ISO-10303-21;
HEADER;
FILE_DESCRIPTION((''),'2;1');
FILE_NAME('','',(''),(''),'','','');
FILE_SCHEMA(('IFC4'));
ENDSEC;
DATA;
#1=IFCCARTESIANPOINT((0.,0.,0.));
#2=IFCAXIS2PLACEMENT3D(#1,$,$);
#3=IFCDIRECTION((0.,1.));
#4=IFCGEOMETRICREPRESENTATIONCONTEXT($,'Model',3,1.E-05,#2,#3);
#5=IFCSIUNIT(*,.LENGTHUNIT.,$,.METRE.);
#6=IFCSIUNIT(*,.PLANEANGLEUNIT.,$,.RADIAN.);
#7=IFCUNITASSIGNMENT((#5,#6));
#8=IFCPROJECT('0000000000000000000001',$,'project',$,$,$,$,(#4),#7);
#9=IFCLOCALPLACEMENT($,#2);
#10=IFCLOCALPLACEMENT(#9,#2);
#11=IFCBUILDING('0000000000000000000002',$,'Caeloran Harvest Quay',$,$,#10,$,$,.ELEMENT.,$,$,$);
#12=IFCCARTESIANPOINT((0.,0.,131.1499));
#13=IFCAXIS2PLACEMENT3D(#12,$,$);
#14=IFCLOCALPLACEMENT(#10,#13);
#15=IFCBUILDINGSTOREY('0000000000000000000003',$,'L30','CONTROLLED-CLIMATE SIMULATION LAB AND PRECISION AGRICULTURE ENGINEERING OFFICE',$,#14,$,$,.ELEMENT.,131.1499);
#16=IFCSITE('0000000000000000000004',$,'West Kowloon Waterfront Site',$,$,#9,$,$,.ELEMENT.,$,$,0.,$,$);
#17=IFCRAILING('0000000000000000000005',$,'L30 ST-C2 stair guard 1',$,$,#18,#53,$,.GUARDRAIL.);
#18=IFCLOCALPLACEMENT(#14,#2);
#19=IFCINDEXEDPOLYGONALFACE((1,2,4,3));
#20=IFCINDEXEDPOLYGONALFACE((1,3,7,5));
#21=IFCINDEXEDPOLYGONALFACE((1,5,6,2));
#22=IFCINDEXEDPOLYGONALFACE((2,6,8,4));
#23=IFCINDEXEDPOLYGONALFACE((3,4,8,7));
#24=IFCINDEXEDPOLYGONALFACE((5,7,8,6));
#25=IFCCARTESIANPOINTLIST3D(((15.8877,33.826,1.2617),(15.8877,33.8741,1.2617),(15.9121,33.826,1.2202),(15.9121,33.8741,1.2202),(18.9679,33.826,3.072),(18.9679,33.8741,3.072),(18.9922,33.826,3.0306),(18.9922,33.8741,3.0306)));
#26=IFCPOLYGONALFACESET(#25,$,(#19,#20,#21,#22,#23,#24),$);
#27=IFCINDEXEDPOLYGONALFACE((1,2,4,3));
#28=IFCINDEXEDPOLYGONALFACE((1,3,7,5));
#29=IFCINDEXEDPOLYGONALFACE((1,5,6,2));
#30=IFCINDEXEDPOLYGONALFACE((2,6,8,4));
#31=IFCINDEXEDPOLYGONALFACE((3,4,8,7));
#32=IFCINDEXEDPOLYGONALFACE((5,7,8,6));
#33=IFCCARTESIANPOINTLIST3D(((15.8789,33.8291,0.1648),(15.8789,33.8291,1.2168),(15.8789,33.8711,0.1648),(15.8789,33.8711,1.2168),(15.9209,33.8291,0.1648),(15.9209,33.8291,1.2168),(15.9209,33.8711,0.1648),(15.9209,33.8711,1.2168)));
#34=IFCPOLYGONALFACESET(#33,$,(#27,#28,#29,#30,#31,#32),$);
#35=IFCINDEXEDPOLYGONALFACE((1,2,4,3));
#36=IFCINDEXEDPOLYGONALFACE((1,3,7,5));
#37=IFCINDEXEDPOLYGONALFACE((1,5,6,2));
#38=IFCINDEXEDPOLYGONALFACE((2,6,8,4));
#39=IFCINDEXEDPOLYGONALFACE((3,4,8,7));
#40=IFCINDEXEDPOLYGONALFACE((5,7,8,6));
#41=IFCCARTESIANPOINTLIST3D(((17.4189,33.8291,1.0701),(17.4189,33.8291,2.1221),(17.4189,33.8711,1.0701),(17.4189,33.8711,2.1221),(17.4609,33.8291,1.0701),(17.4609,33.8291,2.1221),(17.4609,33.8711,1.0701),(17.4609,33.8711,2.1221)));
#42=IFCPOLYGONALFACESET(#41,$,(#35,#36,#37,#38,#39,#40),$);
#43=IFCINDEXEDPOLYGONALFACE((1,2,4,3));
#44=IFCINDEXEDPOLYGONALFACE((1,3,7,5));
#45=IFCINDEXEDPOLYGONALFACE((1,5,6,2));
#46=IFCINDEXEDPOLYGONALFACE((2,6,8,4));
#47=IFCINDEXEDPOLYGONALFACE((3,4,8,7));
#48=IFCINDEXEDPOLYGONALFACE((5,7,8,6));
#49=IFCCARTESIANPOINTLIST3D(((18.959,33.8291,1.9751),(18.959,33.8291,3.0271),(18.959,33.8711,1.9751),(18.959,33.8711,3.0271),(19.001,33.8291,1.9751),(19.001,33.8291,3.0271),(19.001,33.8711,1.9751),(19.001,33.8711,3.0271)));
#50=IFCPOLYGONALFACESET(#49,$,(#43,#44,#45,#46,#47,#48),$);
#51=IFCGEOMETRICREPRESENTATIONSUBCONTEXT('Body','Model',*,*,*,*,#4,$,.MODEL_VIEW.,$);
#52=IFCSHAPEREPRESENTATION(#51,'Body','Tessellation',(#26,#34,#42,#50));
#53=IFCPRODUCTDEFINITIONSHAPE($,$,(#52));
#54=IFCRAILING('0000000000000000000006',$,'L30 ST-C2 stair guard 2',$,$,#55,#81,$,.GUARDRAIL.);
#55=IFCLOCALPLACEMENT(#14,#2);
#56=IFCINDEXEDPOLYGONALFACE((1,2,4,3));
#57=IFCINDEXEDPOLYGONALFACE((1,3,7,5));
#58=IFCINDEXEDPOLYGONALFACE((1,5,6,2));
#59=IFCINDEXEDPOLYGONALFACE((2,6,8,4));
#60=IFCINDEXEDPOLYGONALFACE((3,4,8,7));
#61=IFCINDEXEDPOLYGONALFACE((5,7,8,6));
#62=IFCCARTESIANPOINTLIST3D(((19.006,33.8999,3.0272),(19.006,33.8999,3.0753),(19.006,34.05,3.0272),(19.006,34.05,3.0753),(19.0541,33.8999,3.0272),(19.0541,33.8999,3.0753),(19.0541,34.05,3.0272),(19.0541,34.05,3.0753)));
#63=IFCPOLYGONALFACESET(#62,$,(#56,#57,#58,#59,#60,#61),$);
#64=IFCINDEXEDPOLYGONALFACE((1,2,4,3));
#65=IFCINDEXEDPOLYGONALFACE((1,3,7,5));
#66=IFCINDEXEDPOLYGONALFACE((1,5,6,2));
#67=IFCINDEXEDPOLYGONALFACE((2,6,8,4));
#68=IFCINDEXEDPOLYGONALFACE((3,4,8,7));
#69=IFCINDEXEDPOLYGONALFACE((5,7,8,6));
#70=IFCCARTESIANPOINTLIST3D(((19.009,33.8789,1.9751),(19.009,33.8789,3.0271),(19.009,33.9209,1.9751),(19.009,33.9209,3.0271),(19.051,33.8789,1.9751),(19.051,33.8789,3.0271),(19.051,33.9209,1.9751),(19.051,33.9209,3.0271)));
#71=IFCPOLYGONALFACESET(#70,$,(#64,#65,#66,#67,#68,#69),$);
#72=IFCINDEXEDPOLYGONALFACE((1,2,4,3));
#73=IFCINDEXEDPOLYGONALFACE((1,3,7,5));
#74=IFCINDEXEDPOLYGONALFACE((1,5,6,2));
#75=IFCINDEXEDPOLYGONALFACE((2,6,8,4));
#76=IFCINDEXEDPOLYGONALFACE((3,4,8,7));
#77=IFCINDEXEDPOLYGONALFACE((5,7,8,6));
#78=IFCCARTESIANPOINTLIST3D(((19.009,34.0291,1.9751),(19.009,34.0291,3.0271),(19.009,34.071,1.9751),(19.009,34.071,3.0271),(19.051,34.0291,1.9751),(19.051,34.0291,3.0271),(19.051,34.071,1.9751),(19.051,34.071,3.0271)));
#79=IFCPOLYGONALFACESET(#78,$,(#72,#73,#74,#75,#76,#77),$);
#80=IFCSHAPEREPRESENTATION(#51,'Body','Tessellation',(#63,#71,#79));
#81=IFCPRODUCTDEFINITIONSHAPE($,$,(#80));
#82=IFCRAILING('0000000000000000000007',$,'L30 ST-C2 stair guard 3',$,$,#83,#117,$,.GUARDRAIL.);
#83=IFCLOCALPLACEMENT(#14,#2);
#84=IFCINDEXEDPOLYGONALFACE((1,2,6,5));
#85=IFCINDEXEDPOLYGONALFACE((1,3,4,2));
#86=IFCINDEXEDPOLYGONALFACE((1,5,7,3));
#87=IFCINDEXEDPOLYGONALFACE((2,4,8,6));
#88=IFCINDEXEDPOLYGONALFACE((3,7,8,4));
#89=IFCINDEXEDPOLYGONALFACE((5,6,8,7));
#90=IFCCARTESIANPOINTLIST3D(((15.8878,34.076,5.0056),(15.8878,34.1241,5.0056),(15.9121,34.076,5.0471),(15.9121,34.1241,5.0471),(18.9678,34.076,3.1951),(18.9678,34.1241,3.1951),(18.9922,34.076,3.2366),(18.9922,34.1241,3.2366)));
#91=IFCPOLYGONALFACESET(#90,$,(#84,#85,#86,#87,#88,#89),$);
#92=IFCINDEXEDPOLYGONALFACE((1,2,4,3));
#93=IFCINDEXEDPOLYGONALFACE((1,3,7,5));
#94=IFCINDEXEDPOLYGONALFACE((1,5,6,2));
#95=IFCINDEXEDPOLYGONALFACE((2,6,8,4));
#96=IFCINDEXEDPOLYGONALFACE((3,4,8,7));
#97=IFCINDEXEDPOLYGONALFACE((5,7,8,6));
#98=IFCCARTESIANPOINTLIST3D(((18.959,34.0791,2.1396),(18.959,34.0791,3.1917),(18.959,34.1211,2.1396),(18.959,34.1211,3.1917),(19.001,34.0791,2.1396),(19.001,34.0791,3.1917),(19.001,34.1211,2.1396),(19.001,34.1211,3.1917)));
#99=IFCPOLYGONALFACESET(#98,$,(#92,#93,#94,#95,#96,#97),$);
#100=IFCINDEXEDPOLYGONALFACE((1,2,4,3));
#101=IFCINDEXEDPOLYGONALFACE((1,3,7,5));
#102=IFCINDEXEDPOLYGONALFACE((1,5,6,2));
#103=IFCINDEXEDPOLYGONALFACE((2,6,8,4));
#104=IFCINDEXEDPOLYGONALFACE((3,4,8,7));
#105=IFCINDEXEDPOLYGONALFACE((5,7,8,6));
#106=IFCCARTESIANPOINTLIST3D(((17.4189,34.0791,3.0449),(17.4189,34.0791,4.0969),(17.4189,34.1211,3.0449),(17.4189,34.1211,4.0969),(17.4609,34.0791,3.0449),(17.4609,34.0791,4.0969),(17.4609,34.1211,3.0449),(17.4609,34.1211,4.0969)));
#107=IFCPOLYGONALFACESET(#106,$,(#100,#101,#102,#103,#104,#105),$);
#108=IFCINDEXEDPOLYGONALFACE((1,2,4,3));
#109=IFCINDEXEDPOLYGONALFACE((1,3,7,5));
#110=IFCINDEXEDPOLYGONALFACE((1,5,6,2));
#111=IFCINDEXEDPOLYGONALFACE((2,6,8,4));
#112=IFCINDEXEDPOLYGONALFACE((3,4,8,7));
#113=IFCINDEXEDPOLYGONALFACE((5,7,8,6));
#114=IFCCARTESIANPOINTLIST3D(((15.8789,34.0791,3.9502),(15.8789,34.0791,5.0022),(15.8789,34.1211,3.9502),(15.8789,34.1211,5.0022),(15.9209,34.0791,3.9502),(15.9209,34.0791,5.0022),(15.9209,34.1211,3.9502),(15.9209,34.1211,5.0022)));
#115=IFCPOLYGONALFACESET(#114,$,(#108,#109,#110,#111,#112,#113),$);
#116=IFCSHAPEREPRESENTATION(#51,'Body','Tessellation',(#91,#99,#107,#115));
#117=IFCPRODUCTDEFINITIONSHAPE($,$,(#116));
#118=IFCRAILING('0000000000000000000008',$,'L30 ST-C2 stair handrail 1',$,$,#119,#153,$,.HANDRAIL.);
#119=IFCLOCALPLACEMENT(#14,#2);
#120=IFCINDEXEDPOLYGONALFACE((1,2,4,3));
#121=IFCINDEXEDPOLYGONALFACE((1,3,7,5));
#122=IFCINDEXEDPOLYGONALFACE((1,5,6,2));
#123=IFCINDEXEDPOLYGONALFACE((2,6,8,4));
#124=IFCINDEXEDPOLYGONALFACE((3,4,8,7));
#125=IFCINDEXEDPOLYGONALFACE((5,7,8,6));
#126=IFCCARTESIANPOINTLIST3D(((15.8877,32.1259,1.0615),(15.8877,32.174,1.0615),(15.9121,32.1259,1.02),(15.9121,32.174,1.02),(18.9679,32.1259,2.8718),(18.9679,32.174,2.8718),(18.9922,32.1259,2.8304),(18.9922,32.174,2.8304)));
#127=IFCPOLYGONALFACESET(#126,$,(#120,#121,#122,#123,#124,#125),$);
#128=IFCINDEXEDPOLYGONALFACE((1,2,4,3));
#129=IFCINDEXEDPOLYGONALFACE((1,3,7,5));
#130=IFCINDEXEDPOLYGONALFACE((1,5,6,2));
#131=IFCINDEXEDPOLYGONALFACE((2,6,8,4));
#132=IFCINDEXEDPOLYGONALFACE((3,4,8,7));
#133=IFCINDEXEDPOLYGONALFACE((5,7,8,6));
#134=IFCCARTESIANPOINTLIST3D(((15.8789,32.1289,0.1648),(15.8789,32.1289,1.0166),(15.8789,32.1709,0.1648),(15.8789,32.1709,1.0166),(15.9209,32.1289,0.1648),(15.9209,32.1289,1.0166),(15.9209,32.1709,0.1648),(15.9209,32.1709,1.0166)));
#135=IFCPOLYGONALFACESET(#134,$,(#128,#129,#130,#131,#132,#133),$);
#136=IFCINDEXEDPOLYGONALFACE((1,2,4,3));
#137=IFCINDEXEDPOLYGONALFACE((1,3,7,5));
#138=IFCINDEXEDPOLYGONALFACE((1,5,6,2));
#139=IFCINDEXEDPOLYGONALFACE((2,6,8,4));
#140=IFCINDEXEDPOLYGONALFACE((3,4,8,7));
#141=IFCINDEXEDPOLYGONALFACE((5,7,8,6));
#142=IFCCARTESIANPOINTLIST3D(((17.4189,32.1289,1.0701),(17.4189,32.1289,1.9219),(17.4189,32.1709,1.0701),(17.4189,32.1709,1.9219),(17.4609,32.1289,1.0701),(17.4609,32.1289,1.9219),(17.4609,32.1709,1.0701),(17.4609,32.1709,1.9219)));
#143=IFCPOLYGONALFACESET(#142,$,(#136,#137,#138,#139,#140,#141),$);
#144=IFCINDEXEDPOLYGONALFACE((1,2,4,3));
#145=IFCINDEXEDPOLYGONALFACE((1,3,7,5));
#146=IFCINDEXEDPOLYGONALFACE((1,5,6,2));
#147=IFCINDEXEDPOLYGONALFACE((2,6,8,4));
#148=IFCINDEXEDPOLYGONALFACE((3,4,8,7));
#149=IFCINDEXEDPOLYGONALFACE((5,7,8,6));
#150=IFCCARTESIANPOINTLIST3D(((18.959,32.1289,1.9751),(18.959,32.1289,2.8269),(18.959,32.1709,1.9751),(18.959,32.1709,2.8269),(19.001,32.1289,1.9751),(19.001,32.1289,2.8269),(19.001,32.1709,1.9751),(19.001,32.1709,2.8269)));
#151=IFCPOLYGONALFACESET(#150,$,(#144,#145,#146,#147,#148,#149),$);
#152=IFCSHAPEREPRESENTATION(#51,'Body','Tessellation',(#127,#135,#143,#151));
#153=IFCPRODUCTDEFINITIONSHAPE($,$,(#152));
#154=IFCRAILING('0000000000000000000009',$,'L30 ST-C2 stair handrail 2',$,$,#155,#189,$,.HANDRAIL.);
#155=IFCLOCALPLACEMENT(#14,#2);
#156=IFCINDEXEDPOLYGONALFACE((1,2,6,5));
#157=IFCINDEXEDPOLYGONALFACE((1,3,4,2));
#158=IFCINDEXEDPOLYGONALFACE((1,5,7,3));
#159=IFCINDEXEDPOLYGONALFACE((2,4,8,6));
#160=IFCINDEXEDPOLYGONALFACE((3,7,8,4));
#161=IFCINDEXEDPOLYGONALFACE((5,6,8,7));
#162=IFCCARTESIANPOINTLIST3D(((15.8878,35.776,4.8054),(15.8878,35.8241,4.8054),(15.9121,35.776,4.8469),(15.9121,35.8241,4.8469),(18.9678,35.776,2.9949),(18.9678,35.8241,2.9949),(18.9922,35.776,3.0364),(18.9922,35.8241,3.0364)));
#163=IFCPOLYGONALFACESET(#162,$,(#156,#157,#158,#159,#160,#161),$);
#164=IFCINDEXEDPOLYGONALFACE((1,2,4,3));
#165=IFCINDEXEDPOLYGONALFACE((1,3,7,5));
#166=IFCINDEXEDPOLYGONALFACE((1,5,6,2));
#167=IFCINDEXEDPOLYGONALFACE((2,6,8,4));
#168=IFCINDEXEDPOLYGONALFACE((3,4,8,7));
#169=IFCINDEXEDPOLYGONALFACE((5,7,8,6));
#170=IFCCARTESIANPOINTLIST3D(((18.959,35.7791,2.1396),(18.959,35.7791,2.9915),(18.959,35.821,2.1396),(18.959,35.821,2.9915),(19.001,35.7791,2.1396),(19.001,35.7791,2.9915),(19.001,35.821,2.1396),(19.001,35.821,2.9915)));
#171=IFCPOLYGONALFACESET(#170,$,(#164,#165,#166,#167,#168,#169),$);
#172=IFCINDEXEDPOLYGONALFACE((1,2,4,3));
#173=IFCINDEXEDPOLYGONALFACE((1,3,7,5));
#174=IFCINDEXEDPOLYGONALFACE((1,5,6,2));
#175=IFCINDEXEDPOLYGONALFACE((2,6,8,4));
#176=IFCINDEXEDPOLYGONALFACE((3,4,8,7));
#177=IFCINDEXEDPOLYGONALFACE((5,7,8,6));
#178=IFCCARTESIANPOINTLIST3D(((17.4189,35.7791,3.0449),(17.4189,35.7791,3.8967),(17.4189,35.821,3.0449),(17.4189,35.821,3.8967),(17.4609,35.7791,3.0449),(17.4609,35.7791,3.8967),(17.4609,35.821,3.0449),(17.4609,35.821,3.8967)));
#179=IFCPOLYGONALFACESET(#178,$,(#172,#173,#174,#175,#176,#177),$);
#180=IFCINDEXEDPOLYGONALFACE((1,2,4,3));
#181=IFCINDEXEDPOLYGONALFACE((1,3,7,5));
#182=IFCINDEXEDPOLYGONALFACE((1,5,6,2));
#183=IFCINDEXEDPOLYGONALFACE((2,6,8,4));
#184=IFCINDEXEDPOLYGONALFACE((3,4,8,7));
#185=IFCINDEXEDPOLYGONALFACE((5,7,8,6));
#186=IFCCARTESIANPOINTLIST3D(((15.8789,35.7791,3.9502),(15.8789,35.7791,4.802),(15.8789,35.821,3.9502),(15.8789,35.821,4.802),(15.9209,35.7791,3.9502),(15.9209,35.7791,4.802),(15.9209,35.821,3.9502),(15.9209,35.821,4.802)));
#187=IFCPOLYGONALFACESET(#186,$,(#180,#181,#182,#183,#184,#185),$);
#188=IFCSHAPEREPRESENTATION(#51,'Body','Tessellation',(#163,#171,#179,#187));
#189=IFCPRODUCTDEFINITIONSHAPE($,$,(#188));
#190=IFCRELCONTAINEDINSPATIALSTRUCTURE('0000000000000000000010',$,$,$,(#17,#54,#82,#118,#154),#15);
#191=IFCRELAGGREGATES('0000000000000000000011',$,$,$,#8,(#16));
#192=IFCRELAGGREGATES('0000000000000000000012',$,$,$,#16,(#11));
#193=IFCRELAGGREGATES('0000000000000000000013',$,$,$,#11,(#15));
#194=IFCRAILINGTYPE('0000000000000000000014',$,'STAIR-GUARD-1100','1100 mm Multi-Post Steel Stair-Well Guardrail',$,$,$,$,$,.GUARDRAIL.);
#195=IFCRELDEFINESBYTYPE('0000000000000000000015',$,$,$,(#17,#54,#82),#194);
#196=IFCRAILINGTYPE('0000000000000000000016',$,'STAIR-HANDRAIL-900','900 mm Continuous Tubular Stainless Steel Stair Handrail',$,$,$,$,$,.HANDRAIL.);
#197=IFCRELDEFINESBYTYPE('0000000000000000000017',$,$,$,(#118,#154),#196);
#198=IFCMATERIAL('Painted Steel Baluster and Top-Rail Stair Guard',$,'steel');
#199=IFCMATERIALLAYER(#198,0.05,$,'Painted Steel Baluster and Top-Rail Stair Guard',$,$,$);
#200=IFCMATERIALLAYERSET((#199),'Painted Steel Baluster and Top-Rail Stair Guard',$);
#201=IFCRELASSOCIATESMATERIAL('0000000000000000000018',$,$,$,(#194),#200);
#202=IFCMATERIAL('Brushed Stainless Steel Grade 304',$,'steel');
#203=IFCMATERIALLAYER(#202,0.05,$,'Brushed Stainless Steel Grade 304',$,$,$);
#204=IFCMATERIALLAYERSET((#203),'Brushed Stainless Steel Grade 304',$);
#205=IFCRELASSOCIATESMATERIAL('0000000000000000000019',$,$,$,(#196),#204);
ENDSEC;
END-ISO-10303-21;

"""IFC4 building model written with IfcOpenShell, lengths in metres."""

from ifc_helpers import new_model, si_unit, direction, frame, origin, origin_2d, place, context, subcontext, project, spatial, rectangle, extrude, material, layer, layer_set, type_object, element, save


model = new_model("IFC4")

# Units and contexts
model_context = context("Model", 3, precision=1e-05, world=origin(), true_north=direction((0.0, 1.0)))
body_context = subcontext(model_context, "Body", "Model", "MODEL_VIEW")
ifc_project = project(units=[si_unit("LENGTHUNIT", "METRE"), si_unit("PLANEANGLEUNIT", "RADIAN")], contexts=[model_context])

# Site, building, storey
site_placement = place(None, origin())
site = spatial("IfcSite", under=ifc_project, at=site_placement, Name="West Kowloon Waterfront Site", CompositionType="ELEMENT", RefElevation=0.0)
building_placement = place(site_placement, origin())
building = spatial("IfcBuilding", under=site, at=building_placement, Name="Caeloran Harvest Quay", CompositionType="ELEMENT")
storey_placement = place(building_placement, frame((0.0, 0.0, 131.1499)))
storey = spatial("IfcBuildingStorey", under=building, at=storey_placement, Name="L30", Description="CONTROLLED-CLIMATE SIMULATION LAB AND PRECISION AGRICULTURE ENGINEERING OFFICE", CompositionType="ELEMENT", Elevation=131.1499)

# Railings
ifc_material_1 = material(Name="Painted Steel Baluster and Top-Rail Stair Guard", Category="steel")
ifc_layer_1 = layer(ifc_material_1, 0.05, Name="Painted Steel Baluster and Top-Rail Stair Guard")
ifc_layer_set_1 = layer_set([ifc_layer_1], Name="Painted Steel Baluster and Top-Rail Stair Guard")
railing_type_1 = type_object("IfcRailingType", Name="STAIR-GUARD-1100", Description="1100 mm Multi-Post Steel Stair-Well Guardrail", PredefinedType="GUARDRAIL", material=ifc_layer_set_1)
railing_1_placement = place(storey_placement, frame((15.8999, 33.8501, 0.1648)))
element("IfcRailing", 1, at=railing_1_placement, inside=storey, type_object=railing_type_1, Name="L30 ST-C2 stair guard 1", PredefinedType="GUARDRAIL", context=body_context, shape_type="SweptSolid", body=[
    extrude(rectangle(XDim=0.0481, YDim=0.0481, at=origin_2d()), frame((0.0, 0.0, 1.0762), z_axis=(0.862119, 0.0, 0.506707), x_axis=(0.0, 1.0, 0.0)), (0.0, 0.0, 1.0), 3.5728),
    extrude(rectangle(XDim=0.042, YDim=0.042, at=origin_2d()), origin(), (0.0, 0.0, 1.0), 1.052),
    extrude(rectangle(XDim=0.042, YDim=0.042, at=origin_2d()), frame((1.54, 0.0, 0.9053)), (0.0, 0.0, 1.0), 1.052),
    extrude(rectangle(XDim=0.042, YDim=0.042, at=origin_2d()), frame((3.0801, 0.0, 1.8103)), (0.0, 0.0, 1.0), 1.052),
])
railing_2_placement = place(storey_placement, frame((19.03, 33.8999, 1.9751)))
element("IfcRailing", 2, at=railing_2_placement, inside=storey, type_object=railing_type_1, Name="L30 ST-C2 stair guard 2", PredefinedType="GUARDRAIL", context=body_context, shape_type="SweptSolid", body=[
    extrude(rectangle(XDim=0.0481, YDim=0.0481, at=origin_2d()), frame((0.0, 0.0, 1.0762), z_axis=(0.0, 1.0, 0.0), x_axis=(-1.0, 0.0, 0.0)), (0.0, 0.0, 1.0), 0.1501),
    extrude(rectangle(XDim=0.042, YDim=0.042, at=origin_2d()), origin(), (0.0, 0.0, 1.0), 1.052),
    extrude(rectangle(XDim=0.042, YDim=0.042, at=origin_2d()), frame((0.0, 0.1501, 0.0)), (0.0, 0.0, 1.0), 1.052),
])
railing_3_placement = place(storey_placement, frame((18.98, 34.1001, 2.1396)))
element("IfcRailing", 3, at=railing_3_placement, inside=storey, type_object=railing_type_1, Name="L30 ST-C2 stair guard 3", PredefinedType="GUARDRAIL", context=body_context, shape_type="SweptSolid", body=[
    extrude(rectangle(XDim=0.0481, YDim=0.0481, at=origin_2d()), frame((0.0, 0.0, 1.0762), z_axis=(-0.862089, 0.0, 0.506757), x_axis=(0.0, -1.0, 0.0)), (0.0, 0.0, 1.0), 3.5728),
    extrude(rectangle(XDim=0.042, YDim=0.042, at=origin_2d()), origin(), (0.0, 0.0, 1.0), 1.052),
    extrude(rectangle(XDim=0.042, YDim=0.042, at=origin_2d()), frame((-1.54, 0.0, 0.9053)), (0.0, 0.0, 1.0), 1.052),
    extrude(rectangle(XDim=0.042, YDim=0.042, at=origin_2d()), frame((-3.0801, 0.0, 1.8105)), (0.0, 0.0, 1.0), 1.052),
])
ifc_material_2 = material(Name="Brushed Stainless Steel Grade 304", Category="steel")
ifc_layer_2 = layer(ifc_material_2, 0.05, Name="Brushed Stainless Steel Grade 304")
ifc_layer_set_2 = layer_set([ifc_layer_2], Name="Brushed Stainless Steel Grade 304")
railing_type_2 = type_object("IfcRailingType", Name="STAIR-HANDRAIL-900", Description="900 mm Continuous Tubular Stainless Steel Stair Handrail", PredefinedType="HANDRAIL", material=ifc_layer_set_2)
railing_4_placement = place(storey_placement, frame((15.8999, 32.1499, 0.1648)))
element("IfcRailing", 4, at=railing_4_placement, inside=storey, type_object=railing_type_2, Name="L30 ST-C2 stair handrail 1", PredefinedType="HANDRAIL", context=body_context, shape_type="SweptSolid", body=[
    extrude(rectangle(XDim=0.0481, YDim=0.0481, at=origin_2d()), frame((0.0, 0.0, 0.876), z_axis=(0.862119, 0.0, 0.506707), x_axis=(0.0, 1.0, 0.0)), (0.0, 0.0, 1.0), 3.5728),
    extrude(rectangle(XDim=0.042, YDim=0.042, at=origin_2d()), origin(), (0.0, 0.0, 1.0), 0.8518),
    extrude(rectangle(XDim=0.042, YDim=0.042, at=origin_2d()), frame((1.54, 0.0, 0.9053)), (0.0, 0.0, 1.0), 0.8518),
    extrude(rectangle(XDim=0.042, YDim=0.042, at=origin_2d()), frame((3.0801, 0.0, 1.8103)), (0.0, 0.0, 1.0), 0.8518),
])
railing_5_placement = place(storey_placement, frame((18.98, 35.8, 2.1396)))
element("IfcRailing", 5, at=railing_5_placement, inside=storey, type_object=railing_type_2, Name="L30 ST-C2 stair handrail 2", PredefinedType="HANDRAIL", context=body_context, shape_type="SweptSolid", body=[
    extrude(rectangle(XDim=0.0481, YDim=0.0481, at=origin_2d()), frame((0.0, 0.0, 0.876), z_axis=(-0.862089, 0.0, 0.506757), x_axis=(0.0, -1.0, 0.0)), (0.0, 0.0, 1.0), 3.5728),
    extrude(rectangle(XDim=0.042, YDim=0.042, at=origin_2d()), origin(), (0.0, 0.0, 1.0), 0.8518),
    extrude(rectangle(XDim=0.042, YDim=0.042, at=origin_2d()), frame((-1.54, 0.0, 0.9053)), (0.0, 0.0, 1.0), 0.8518),
    extrude(rectangle(XDim=0.042, YDim=0.042, at=origin_2d()), frame((-3.0801, 0.0, 1.8105)), (0.0, 0.0, 1.0), 0.8518),
])

save(model, "model.ifc")
